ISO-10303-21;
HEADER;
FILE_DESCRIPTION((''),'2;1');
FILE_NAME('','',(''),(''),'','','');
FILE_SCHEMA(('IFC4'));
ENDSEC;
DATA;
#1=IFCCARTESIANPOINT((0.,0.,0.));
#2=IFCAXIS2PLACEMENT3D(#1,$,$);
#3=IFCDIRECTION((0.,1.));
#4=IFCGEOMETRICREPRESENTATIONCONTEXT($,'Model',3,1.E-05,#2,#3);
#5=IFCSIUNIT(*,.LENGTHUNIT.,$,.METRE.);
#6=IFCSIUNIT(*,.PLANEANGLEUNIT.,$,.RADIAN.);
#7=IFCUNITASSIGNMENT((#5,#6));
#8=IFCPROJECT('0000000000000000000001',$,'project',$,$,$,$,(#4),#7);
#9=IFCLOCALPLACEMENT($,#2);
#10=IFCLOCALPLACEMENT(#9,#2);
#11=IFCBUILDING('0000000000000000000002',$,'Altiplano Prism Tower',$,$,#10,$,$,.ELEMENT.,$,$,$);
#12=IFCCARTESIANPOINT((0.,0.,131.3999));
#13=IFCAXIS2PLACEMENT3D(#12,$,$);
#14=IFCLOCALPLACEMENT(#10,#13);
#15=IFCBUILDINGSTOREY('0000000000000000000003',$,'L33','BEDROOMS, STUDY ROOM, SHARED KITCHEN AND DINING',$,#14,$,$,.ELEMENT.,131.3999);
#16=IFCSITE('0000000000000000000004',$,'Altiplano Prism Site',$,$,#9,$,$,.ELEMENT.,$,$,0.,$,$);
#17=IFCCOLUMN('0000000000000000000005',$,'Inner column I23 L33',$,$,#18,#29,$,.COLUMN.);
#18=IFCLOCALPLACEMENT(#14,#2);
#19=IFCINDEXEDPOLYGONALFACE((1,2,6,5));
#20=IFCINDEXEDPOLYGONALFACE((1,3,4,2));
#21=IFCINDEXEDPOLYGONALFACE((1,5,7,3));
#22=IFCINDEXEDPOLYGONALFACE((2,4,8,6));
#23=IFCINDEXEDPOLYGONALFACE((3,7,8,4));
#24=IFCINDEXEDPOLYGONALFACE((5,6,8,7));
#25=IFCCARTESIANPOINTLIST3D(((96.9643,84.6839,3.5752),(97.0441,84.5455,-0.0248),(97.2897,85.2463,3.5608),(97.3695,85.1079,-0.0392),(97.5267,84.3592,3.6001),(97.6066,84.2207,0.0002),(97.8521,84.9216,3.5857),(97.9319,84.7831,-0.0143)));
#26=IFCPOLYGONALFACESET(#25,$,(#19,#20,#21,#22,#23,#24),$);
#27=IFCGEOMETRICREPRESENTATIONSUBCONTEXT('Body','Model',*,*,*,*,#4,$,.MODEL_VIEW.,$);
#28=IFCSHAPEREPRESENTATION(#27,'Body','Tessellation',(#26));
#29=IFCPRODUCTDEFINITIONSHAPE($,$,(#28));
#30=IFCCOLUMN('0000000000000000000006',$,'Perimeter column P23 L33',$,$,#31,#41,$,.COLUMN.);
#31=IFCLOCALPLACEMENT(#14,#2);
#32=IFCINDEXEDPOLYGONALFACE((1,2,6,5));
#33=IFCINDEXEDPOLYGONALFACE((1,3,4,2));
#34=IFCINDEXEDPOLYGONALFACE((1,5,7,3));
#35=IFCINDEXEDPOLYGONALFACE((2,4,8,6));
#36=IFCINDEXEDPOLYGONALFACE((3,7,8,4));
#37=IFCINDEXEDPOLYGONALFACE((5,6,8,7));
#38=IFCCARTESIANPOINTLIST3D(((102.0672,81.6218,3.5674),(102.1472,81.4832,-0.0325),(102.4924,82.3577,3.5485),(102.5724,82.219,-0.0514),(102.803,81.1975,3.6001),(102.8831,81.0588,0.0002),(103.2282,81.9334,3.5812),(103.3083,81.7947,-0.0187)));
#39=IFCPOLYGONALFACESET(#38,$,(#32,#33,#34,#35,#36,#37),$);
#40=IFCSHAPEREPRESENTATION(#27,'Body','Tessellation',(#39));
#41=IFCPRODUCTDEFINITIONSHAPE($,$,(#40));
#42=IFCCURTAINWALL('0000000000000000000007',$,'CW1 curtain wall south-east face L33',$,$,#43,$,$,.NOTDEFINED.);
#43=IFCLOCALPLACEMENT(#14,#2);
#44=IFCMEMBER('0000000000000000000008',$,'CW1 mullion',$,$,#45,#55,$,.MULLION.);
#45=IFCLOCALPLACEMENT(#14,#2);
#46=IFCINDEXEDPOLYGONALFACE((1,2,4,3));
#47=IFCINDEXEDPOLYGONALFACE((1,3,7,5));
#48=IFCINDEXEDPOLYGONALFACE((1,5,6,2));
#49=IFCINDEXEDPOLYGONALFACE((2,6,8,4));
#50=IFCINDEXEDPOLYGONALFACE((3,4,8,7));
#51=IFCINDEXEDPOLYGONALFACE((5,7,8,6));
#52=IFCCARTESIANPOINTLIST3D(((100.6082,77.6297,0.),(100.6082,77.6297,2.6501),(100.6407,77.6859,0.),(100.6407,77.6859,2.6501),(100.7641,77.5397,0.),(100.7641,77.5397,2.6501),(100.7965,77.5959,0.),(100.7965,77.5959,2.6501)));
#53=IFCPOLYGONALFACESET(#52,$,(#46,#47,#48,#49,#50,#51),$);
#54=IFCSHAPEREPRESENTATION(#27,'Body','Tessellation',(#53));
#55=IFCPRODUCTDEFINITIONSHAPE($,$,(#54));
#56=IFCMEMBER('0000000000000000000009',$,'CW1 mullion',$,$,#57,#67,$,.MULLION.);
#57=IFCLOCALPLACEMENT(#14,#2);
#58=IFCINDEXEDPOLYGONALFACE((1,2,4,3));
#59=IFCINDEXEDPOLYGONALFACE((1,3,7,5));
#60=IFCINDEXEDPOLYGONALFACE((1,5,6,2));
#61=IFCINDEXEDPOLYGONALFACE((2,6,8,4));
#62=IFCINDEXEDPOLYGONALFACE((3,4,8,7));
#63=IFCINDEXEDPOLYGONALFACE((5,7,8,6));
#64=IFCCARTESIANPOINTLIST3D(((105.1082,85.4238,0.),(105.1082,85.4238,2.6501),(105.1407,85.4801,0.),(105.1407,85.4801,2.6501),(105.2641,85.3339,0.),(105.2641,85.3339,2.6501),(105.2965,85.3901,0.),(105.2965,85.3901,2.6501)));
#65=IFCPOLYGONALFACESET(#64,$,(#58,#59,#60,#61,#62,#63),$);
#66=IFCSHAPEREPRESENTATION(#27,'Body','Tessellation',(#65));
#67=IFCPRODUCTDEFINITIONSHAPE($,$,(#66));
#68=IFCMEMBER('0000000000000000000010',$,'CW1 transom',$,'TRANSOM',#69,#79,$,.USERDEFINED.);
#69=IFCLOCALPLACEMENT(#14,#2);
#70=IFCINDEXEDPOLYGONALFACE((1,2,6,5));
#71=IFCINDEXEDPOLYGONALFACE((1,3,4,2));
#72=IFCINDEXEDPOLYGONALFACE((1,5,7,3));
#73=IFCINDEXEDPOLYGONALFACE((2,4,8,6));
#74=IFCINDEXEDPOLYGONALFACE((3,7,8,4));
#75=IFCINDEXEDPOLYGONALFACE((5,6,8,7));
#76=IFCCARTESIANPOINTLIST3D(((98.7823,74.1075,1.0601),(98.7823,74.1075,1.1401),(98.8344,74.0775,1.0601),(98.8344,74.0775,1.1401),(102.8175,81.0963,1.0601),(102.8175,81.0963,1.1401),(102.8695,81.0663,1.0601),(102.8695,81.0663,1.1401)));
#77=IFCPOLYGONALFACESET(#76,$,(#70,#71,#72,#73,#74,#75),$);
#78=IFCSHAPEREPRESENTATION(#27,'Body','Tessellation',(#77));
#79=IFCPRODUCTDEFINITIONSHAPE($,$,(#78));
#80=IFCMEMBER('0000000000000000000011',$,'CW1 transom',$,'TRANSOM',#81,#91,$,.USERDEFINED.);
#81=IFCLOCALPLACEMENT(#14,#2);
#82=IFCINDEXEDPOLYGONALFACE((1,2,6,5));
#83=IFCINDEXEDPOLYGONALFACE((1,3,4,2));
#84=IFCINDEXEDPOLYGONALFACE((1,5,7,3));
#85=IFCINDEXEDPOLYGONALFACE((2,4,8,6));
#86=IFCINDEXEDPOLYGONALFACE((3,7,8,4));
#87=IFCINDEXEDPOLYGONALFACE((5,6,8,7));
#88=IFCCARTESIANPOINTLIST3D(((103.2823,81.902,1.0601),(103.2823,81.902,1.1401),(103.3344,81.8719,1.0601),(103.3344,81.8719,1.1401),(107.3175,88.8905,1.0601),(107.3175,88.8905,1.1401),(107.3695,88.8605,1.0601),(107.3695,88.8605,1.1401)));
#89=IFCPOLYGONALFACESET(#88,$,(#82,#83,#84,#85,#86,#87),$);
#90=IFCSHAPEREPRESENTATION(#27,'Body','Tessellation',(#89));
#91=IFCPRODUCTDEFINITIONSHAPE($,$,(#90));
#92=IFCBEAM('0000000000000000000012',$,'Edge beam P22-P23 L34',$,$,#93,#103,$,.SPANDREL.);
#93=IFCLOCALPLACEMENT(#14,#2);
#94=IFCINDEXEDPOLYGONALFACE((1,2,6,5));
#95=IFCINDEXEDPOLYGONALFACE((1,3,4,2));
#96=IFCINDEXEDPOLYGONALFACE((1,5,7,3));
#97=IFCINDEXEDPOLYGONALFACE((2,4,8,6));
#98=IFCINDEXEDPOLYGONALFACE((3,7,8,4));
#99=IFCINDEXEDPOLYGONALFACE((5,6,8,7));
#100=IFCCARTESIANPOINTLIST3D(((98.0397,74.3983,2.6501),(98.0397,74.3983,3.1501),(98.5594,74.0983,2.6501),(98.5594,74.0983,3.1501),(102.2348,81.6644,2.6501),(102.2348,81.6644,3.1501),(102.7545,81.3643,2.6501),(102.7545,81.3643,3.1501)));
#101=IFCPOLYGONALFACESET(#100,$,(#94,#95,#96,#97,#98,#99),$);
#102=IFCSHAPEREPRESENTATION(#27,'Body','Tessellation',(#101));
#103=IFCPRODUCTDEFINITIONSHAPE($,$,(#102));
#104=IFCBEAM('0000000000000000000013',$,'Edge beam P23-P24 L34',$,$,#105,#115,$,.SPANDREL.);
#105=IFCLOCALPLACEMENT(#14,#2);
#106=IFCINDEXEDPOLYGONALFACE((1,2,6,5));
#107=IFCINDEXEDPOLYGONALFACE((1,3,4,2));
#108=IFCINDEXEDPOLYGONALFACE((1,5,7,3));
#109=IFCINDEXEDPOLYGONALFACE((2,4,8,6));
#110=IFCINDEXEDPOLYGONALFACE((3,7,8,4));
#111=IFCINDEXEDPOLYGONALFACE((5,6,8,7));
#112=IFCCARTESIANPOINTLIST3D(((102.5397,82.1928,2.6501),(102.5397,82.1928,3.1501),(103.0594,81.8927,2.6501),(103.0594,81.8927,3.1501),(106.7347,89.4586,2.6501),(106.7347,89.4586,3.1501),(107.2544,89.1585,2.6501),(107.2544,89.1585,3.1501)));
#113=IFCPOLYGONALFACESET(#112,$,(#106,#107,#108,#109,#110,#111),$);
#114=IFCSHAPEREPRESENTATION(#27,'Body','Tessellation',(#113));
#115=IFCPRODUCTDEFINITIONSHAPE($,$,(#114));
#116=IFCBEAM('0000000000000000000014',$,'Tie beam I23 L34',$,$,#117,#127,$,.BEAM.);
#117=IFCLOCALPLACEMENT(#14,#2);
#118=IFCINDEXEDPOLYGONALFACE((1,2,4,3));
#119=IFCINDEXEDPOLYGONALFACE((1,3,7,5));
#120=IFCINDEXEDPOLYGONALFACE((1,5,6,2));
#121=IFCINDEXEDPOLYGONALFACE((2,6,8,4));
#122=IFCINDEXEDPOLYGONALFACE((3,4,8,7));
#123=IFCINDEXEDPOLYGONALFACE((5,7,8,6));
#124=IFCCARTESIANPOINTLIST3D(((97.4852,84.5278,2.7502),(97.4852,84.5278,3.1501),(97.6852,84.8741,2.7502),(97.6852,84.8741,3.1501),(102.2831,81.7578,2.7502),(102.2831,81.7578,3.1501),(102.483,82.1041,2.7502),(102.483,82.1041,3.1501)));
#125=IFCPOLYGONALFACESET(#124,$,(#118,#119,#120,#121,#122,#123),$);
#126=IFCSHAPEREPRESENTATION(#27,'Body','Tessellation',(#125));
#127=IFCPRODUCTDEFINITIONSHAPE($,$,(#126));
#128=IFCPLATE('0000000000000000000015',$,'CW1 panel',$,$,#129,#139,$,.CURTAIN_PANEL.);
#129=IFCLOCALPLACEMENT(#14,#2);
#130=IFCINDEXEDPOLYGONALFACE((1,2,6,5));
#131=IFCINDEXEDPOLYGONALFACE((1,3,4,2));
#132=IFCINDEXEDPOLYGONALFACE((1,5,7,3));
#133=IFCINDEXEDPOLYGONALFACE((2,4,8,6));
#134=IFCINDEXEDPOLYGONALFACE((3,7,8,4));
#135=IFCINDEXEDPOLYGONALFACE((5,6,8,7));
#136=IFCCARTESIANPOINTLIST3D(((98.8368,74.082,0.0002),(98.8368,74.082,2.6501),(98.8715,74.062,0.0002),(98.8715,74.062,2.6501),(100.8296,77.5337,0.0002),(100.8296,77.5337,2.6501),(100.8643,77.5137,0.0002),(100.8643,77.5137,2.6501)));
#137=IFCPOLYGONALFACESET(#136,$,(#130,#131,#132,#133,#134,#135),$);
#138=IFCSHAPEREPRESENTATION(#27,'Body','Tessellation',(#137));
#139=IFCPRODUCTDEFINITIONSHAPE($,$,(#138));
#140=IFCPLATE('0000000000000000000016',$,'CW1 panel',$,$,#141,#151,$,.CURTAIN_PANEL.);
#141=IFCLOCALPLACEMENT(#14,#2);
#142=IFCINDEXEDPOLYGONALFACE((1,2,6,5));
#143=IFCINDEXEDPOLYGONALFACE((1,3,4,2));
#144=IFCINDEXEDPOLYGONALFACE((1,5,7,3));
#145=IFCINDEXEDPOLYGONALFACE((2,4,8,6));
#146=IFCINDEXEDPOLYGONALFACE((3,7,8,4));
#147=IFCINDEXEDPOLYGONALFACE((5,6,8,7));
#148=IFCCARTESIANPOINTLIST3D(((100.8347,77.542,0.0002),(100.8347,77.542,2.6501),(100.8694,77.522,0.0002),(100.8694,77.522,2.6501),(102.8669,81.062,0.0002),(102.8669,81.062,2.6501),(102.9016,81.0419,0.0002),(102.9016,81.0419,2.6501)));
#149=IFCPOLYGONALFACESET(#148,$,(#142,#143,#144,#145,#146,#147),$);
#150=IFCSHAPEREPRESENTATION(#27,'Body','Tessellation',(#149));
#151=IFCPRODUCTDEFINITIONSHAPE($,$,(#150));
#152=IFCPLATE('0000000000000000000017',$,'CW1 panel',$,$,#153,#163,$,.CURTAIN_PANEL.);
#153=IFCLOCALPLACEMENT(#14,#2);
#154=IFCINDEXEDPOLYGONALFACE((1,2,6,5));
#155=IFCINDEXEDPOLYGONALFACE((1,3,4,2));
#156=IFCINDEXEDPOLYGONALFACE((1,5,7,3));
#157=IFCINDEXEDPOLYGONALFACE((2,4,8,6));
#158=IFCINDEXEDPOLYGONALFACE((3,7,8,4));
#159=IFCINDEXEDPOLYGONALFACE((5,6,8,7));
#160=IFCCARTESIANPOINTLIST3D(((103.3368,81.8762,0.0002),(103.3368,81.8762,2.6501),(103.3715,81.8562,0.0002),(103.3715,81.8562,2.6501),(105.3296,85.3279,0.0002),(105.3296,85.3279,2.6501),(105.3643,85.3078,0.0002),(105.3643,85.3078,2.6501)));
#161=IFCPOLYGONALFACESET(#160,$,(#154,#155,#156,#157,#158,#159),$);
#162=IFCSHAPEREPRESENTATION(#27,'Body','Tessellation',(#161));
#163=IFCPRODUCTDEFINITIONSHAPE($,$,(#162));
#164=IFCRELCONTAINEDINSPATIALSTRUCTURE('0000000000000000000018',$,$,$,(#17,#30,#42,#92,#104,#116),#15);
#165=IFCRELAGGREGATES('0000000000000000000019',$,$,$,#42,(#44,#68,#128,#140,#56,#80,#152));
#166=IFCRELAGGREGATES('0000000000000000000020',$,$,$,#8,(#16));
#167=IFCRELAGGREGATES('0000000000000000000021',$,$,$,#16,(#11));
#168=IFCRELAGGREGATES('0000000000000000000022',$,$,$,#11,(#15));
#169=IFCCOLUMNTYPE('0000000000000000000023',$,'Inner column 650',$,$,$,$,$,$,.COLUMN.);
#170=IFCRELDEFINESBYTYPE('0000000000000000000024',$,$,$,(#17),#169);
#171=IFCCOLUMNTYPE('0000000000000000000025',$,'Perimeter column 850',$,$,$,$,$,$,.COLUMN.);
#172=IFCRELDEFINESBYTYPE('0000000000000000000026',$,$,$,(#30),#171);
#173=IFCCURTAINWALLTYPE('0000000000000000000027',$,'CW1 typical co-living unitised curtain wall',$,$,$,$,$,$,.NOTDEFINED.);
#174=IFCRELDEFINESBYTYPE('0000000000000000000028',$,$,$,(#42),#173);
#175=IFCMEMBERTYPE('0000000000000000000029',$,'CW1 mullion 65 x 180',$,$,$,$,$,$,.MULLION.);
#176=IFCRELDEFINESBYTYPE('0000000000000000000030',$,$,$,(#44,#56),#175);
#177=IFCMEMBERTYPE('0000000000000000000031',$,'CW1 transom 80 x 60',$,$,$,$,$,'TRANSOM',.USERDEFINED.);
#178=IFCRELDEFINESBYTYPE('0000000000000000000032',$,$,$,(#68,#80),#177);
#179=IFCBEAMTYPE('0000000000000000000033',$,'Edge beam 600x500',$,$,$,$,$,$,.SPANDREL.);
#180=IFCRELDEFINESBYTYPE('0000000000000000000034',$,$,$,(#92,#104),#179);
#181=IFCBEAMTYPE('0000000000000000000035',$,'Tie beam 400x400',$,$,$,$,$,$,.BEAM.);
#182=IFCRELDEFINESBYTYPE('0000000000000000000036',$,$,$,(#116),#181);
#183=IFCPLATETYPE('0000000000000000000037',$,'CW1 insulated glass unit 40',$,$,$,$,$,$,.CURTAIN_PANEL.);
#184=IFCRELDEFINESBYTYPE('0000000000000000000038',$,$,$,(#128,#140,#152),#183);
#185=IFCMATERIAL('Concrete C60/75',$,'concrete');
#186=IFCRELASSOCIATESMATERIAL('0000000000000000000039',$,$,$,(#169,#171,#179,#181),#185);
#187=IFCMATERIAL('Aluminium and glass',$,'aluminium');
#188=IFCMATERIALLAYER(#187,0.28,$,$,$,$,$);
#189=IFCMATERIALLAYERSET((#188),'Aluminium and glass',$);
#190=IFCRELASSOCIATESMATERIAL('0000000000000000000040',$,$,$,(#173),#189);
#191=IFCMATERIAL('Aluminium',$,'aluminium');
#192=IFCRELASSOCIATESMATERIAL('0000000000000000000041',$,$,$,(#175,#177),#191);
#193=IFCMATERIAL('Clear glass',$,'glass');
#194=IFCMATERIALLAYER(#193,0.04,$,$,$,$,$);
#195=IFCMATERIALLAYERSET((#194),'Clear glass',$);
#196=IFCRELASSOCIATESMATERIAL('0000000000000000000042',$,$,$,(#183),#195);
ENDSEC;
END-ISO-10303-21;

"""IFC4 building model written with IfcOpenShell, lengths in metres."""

from ifc_helpers import new_model, si_unit, direction, frame, origin, origin_2d, place, context, subcontext, project, spatial, rectangle, extrude, material, layer, layer_set, material_profile, profile_set, type_object, element, aggregate, save


model = new_model("IFC4")

# Units and contexts
model_context = context("Model", 3, precision=1e-05, world=origin(), true_north=direction((0.0, 1.0)))
body_context = subcontext(model_context, "Body", "Model", "MODEL_VIEW")
ifc_project = project(units=[si_unit("LENGTHUNIT", "METRE"), si_unit("PLANEANGLEUNIT", "RADIAN")], contexts=[model_context])

# Site, building, storey
site_placement = place(None, origin())
site = spatial("IfcSite", under=ifc_project, at=site_placement, Name="Altiplano Prism Site", CompositionType="ELEMENT", RefElevation=0.0)
building_placement = place(site_placement, origin())
building = spatial("IfcBuilding", under=site, at=building_placement, Name="Altiplano Prism Tower", CompositionType="ELEMENT")
storey_placement = place(building_placement, frame((0.0, 0.0, 131.3999)))
storey = spatial("IfcBuildingStorey", under=building, at=storey_placement, Name="L33", Description="BEDROOMS, STUDY ROOM, SHARED KITCHEN AND DINING", CompositionType="ELEMENT", Elevation=131.3999)

# Columns
ifc_material_1 = material(Name="Concrete C60/75", Category="concrete")
ifc_material_profile_1 = material_profile(ifc_material_1, rectangle(XDim=0.6499, YDim=0.6499, at=origin_2d()), Name="Inner column 650")
ifc_profile_set_1 = profile_set([ifc_material_profile_1], Name="Concrete C60/75")
column_type_1 = type_object("IfcColumnType", Name="Inner column 650", PredefinedType="COLUMN", material=ifc_profile_set_1)
column_1_placement = place(storey_placement, frame((97.488, 84.6643, -0.0195), z_axis=(-0.022155, 0.038416, 0.999016), x_axis=(-0.500653, -0.865364, 0.022173)))
element("IfcColumn", 1, at=column_1_placement, inside=storey, type_object=column_type_1, Name="Inner column I23 L33", PredefinedType="COLUMN", context=body_context, shape_type="SweptSolid", body=[
    extrude(rectangle(XDim=0.6499, YDim=0.6499, at=origin_2d()), origin(), (0.0, 0.0, 1.0), 3.6035),
])
ifc_material_profile_2 = material_profile(ifc_material_1, rectangle(XDim=0.8501, YDim=0.8501, at=origin_2d()), Name="Perimeter column 850")
ifc_profile_set_2 = profile_set([ifc_material_profile_2], Name="Concrete C60/75")
column_type_2 = type_object("IfcColumnType", Name="Perimeter column 850", PredefinedType="COLUMN", material=ifc_profile_set_2)
column_2_placement = place(storey_placement, frame((102.7278, 81.6389, -0.0256), z_axis=(-0.022223, 0.038483, 0.999012), x_axis=(-0.50017, -0.865642, 0.02222)))
element("IfcColumn", 2, at=column_2_placement, inside=storey, type_object=column_type_2, Name="Perimeter column P23 L33", PredefinedType="COLUMN", context=body_context, shape_type="SweptSolid", body=[
    extrude(rectangle(XDim=0.8501, YDim=0.8501, at=origin_2d()), origin(), (0.0, 0.0, 1.0), 3.6035),
])

# Curtain wall, members
ifc_material_2 = material(Name="Aluminium and glass", Category="aluminium")
ifc_layer_1 = layer(ifc_material_2, 0.28)
ifc_layer_set_1 = layer_set([ifc_layer_1], Name="Aluminium and glass")
curtain_wall_type = type_object("IfcCurtainWallType", Name="CW1 typical co-living unitised curtain wall", PredefinedType="NOTDEFINED", material=ifc_layer_set_1)
curtain_wall_placement = place(storey_placement, origin())
curtain_wall = element("IfcCurtainWall", 3, at=curtain_wall_placement, inside=storey, type_object=curtain_wall_type, Name="CW1 curtain wall south-east face L33", PredefinedType="NOTDEFINED")
ifc_material_3 = material(Name="Aluminium", Category="aluminium")
ifc_material_profile_3 = material_profile(ifc_material_3, rectangle(XDim=0.1799, YDim=0.0649, at=origin_2d()), Name="CW1 mullion 65 x 180")
ifc_profile_set_3 = profile_set([ifc_material_profile_3], Name="Aluminium")
member_type_1 = type_object("IfcMemberType", Name="CW1 mullion 65 x 180", PredefinedType="MULLION", material=ifc_profile_set_3)
member_1_placement = place(storey_placement, frame((100.7024, 77.6128, 0.0), z_axis=(0.0, 0.0, 1.0), x_axis=(-0.866025, 0.5, 0.0)))
member_1 = element("IfcMember", 4, at=member_1_placement, type_object=member_type_1, Name="CW1 mullion", PredefinedType="MULLION", context=body_context, shape_type="SweptSolid", body=[
    extrude(rectangle(XDim=0.1799, YDim=0.0649, at=origin_2d()), origin(), (0.0, 0.0, 1.0), 2.6501),
])
member_2_placement = place(storey_placement, frame((105.2024, 85.407, 0.0), z_axis=(0.0, 0.0, 1.0), x_axis=(-0.866025, 0.5, 0.0)))
member_2 = element("IfcMember", 5, at=member_2_placement, type_object=member_type_1, Name="CW1 mullion", PredefinedType="MULLION", context=body_context, shape_type="SweptSolid", body=[
    extrude(rectangle(XDim=0.1799, YDim=0.0649, at=origin_2d()), origin(), (0.0, 0.0, 1.0), 2.6501),
])
ifc_material_profile_4 = material_profile(ifc_material_3, rectangle(XDim=0.0601, YDim=0.0801, at=origin_2d()), Name="CW1 transom 80 x 60")
ifc_profile_set_4 = profile_set([ifc_material_profile_4], Name="Aluminium")
member_type_2 = type_object("IfcMemberType", Name="CW1 transom 80 x 60", ElementType="TRANSOM", PredefinedType="USERDEFINED", material=ifc_profile_set_4)
member_3_placement = place(storey_placement, frame((98.8083, 74.0925, 1.1001), z_axis=(0.500017, 0.866015, 0.0), x_axis=(-0.866015, 0.500017, 0.0)))
member_3 = element("IfcMember", 6, at=member_3_placement, type_object=member_type_2, Name="CW1 transom", ObjectType="TRANSOM", PredefinedType="USERDEFINED", context=body_context, shape_type="SweptSolid", body=[
    extrude(rectangle(XDim=0.0601, YDim=0.0801, at=origin_2d()), origin(), (0.0, 0.0, 1.0), 8.0701),
])
member_4_placement = place(storey_placement, frame((103.3083, 81.887, 1.1001), z_axis=(0.500031, 0.866008, 0.0), x_axis=(-0.866008, 0.500031, 0.0)))
member_4 = element("IfcMember", 7, at=member_4_placement, type_object=member_type_2, Name="CW1 transom", ObjectType="TRANSOM", PredefinedType="USERDEFINED", context=body_context, shape_type="SweptSolid", body=[
    extrude(rectangle(XDim=0.0601, YDim=0.0801, at=origin_2d()), origin(), (0.0, 0.0, 1.0), 8.0698),
])

# Beams
ifc_material_profile_5 = material_profile(ifc_material_1, rectangle(XDim=0.6001, YDim=0.5, at=origin_2d()), Name="Edge beam 600x500")
ifc_profile_set_5 = profile_set([ifc_material_profile_5], Name="Concrete C60/75")
beam_type_1 = type_object("IfcBeamType", Name="Edge beam 600x500", PredefinedType="SPANDREL", material=ifc_profile_set_5)
beam_1_placement = place(storey_placement, frame((98.2996, 74.2483, 2.9001), z_axis=(0.499998, 0.866027, 0.0), x_axis=(-0.866027, 0.499998, 0.0)))
element("IfcBeam", 8, at=beam_1_placement, inside=storey, type_object=beam_type_1, Name="Edge beam P22-P23 L34", PredefinedType="SPANDREL", context=body_context, shape_type="SweptSolid", body=[
    extrude(rectangle(XDim=0.6001, YDim=0.5, at=origin_2d()), origin(), (0.0, 0.0, 1.0), 8.3901),
])
beam_2_placement = place(storey_placement, frame((102.7996, 82.0427, 2.9001), z_axis=(0.50001, 0.866019, 0.0), x_axis=(-0.866019, 0.50001, 0.0)))
element("IfcBeam", 9, at=beam_2_placement, inside=storey, type_object=beam_type_1, Name="Edge beam P23-P24 L34", PredefinedType="SPANDREL", context=body_context, shape_type="SweptSolid", body=[
    extrude(rectangle(XDim=0.6001, YDim=0.5, at=origin_2d()), origin(), (0.0, 0.0, 1.0), 8.3899),
])
ifc_material_profile_6 = material_profile(ifc_material_1, rectangle(XDim=0.3999, YDim=0.3999, at=origin_2d()), Name="Tie beam 400x400")
ifc_profile_set_6 = profile_set([ifc_material_profile_6], Name="Concrete C60/75")
beam_type_2 = type_object("IfcBeamType", Name="Tie beam 400x400", PredefinedType="BEAM", material=ifc_profile_set_6)
beam_3_placement = place(storey_placement, frame((97.5852, 84.7009, 2.9502), z_axis=(0.866027, -0.499997, 0.0), x_axis=(0.499997, 0.866027, 0.0)))
element("IfcBeam", 10, at=beam_3_placement, inside=storey, type_object=beam_type_2, Name="Tie beam I23 L34", PredefinedType="BEAM", context=body_context, shape_type="SweptSolid", body=[
    extrude(rectangle(XDim=0.3999, YDim=0.3999, at=origin_2d()), origin(), (0.0, 0.0, 1.0), 5.54),
])

# Plates
ifc_material_4 = material(Name="Clear glass", Category="glass")
ifc_layer_2 = layer(ifc_material_4, 0.04)
ifc_layer_set_2 = layer_set([ifc_layer_2], Name="Clear glass")
plate_type = type_object("IfcPlateType", Name="CW1 insulated glass unit 40", PredefinedType="CURTAIN_PANEL", material=ifc_layer_set_2)
plate_1_placement = place(storey_placement, frame((99.8506, 75.7979, 0.0002), z_axis=(0.0, 0.0, 1.0), x_axis=(0.5, 0.866025, 0.0)))
plate_1 = element("IfcPlate", 11, at=plate_1_placement, type_object=plate_type, Name="CW1 panel", PredefinedType="CURTAIN_PANEL", context=body_context, shape_type="SweptSolid", body=[
    extrude(rectangle(XDim=3.9856, YDim=0.04, at=origin_2d()), origin(), (0.0, 0.0, 1.0), 2.6499),
])
plate_2_placement = place(storey_placement, frame((101.8682, 79.292, 0.0002), z_axis=(0.0, 0.0, 1.0), x_axis=(0.5, 0.866025, 0.0)))
plate_2 = element("IfcPlate", 12, at=plate_2_placement, type_object=plate_type, Name="CW1 panel", PredefinedType="CURTAIN_PANEL", context=body_context, shape_type="SweptSolid", body=[
    extrude(rectangle(XDim=4.0645, YDim=0.04, at=origin_2d()), origin(), (0.0, 0.0, 1.0), 2.6499),
])
plate_3_placement = place(storey_placement, frame((104.3506, 83.592, 0.0002), z_axis=(0.0, 0.0, 1.0), x_axis=(0.5, 0.866025, 0.0)))
plate_3 = element("IfcPlate", 13, at=plate_3_placement, type_object=plate_type, Name="CW1 panel", PredefinedType="CURTAIN_PANEL", context=body_context, shape_type="SweptSolid", body=[
    extrude(rectangle(XDim=3.9856, YDim=0.04, at=origin_2d()), origin(), (0.0, 0.0, 1.0), 2.6499),
])
aggregate(curtain_wall, [member_1, member_3, plate_1, plate_2, member_2, member_4, plate_3])

save(model, "model.ifc")
